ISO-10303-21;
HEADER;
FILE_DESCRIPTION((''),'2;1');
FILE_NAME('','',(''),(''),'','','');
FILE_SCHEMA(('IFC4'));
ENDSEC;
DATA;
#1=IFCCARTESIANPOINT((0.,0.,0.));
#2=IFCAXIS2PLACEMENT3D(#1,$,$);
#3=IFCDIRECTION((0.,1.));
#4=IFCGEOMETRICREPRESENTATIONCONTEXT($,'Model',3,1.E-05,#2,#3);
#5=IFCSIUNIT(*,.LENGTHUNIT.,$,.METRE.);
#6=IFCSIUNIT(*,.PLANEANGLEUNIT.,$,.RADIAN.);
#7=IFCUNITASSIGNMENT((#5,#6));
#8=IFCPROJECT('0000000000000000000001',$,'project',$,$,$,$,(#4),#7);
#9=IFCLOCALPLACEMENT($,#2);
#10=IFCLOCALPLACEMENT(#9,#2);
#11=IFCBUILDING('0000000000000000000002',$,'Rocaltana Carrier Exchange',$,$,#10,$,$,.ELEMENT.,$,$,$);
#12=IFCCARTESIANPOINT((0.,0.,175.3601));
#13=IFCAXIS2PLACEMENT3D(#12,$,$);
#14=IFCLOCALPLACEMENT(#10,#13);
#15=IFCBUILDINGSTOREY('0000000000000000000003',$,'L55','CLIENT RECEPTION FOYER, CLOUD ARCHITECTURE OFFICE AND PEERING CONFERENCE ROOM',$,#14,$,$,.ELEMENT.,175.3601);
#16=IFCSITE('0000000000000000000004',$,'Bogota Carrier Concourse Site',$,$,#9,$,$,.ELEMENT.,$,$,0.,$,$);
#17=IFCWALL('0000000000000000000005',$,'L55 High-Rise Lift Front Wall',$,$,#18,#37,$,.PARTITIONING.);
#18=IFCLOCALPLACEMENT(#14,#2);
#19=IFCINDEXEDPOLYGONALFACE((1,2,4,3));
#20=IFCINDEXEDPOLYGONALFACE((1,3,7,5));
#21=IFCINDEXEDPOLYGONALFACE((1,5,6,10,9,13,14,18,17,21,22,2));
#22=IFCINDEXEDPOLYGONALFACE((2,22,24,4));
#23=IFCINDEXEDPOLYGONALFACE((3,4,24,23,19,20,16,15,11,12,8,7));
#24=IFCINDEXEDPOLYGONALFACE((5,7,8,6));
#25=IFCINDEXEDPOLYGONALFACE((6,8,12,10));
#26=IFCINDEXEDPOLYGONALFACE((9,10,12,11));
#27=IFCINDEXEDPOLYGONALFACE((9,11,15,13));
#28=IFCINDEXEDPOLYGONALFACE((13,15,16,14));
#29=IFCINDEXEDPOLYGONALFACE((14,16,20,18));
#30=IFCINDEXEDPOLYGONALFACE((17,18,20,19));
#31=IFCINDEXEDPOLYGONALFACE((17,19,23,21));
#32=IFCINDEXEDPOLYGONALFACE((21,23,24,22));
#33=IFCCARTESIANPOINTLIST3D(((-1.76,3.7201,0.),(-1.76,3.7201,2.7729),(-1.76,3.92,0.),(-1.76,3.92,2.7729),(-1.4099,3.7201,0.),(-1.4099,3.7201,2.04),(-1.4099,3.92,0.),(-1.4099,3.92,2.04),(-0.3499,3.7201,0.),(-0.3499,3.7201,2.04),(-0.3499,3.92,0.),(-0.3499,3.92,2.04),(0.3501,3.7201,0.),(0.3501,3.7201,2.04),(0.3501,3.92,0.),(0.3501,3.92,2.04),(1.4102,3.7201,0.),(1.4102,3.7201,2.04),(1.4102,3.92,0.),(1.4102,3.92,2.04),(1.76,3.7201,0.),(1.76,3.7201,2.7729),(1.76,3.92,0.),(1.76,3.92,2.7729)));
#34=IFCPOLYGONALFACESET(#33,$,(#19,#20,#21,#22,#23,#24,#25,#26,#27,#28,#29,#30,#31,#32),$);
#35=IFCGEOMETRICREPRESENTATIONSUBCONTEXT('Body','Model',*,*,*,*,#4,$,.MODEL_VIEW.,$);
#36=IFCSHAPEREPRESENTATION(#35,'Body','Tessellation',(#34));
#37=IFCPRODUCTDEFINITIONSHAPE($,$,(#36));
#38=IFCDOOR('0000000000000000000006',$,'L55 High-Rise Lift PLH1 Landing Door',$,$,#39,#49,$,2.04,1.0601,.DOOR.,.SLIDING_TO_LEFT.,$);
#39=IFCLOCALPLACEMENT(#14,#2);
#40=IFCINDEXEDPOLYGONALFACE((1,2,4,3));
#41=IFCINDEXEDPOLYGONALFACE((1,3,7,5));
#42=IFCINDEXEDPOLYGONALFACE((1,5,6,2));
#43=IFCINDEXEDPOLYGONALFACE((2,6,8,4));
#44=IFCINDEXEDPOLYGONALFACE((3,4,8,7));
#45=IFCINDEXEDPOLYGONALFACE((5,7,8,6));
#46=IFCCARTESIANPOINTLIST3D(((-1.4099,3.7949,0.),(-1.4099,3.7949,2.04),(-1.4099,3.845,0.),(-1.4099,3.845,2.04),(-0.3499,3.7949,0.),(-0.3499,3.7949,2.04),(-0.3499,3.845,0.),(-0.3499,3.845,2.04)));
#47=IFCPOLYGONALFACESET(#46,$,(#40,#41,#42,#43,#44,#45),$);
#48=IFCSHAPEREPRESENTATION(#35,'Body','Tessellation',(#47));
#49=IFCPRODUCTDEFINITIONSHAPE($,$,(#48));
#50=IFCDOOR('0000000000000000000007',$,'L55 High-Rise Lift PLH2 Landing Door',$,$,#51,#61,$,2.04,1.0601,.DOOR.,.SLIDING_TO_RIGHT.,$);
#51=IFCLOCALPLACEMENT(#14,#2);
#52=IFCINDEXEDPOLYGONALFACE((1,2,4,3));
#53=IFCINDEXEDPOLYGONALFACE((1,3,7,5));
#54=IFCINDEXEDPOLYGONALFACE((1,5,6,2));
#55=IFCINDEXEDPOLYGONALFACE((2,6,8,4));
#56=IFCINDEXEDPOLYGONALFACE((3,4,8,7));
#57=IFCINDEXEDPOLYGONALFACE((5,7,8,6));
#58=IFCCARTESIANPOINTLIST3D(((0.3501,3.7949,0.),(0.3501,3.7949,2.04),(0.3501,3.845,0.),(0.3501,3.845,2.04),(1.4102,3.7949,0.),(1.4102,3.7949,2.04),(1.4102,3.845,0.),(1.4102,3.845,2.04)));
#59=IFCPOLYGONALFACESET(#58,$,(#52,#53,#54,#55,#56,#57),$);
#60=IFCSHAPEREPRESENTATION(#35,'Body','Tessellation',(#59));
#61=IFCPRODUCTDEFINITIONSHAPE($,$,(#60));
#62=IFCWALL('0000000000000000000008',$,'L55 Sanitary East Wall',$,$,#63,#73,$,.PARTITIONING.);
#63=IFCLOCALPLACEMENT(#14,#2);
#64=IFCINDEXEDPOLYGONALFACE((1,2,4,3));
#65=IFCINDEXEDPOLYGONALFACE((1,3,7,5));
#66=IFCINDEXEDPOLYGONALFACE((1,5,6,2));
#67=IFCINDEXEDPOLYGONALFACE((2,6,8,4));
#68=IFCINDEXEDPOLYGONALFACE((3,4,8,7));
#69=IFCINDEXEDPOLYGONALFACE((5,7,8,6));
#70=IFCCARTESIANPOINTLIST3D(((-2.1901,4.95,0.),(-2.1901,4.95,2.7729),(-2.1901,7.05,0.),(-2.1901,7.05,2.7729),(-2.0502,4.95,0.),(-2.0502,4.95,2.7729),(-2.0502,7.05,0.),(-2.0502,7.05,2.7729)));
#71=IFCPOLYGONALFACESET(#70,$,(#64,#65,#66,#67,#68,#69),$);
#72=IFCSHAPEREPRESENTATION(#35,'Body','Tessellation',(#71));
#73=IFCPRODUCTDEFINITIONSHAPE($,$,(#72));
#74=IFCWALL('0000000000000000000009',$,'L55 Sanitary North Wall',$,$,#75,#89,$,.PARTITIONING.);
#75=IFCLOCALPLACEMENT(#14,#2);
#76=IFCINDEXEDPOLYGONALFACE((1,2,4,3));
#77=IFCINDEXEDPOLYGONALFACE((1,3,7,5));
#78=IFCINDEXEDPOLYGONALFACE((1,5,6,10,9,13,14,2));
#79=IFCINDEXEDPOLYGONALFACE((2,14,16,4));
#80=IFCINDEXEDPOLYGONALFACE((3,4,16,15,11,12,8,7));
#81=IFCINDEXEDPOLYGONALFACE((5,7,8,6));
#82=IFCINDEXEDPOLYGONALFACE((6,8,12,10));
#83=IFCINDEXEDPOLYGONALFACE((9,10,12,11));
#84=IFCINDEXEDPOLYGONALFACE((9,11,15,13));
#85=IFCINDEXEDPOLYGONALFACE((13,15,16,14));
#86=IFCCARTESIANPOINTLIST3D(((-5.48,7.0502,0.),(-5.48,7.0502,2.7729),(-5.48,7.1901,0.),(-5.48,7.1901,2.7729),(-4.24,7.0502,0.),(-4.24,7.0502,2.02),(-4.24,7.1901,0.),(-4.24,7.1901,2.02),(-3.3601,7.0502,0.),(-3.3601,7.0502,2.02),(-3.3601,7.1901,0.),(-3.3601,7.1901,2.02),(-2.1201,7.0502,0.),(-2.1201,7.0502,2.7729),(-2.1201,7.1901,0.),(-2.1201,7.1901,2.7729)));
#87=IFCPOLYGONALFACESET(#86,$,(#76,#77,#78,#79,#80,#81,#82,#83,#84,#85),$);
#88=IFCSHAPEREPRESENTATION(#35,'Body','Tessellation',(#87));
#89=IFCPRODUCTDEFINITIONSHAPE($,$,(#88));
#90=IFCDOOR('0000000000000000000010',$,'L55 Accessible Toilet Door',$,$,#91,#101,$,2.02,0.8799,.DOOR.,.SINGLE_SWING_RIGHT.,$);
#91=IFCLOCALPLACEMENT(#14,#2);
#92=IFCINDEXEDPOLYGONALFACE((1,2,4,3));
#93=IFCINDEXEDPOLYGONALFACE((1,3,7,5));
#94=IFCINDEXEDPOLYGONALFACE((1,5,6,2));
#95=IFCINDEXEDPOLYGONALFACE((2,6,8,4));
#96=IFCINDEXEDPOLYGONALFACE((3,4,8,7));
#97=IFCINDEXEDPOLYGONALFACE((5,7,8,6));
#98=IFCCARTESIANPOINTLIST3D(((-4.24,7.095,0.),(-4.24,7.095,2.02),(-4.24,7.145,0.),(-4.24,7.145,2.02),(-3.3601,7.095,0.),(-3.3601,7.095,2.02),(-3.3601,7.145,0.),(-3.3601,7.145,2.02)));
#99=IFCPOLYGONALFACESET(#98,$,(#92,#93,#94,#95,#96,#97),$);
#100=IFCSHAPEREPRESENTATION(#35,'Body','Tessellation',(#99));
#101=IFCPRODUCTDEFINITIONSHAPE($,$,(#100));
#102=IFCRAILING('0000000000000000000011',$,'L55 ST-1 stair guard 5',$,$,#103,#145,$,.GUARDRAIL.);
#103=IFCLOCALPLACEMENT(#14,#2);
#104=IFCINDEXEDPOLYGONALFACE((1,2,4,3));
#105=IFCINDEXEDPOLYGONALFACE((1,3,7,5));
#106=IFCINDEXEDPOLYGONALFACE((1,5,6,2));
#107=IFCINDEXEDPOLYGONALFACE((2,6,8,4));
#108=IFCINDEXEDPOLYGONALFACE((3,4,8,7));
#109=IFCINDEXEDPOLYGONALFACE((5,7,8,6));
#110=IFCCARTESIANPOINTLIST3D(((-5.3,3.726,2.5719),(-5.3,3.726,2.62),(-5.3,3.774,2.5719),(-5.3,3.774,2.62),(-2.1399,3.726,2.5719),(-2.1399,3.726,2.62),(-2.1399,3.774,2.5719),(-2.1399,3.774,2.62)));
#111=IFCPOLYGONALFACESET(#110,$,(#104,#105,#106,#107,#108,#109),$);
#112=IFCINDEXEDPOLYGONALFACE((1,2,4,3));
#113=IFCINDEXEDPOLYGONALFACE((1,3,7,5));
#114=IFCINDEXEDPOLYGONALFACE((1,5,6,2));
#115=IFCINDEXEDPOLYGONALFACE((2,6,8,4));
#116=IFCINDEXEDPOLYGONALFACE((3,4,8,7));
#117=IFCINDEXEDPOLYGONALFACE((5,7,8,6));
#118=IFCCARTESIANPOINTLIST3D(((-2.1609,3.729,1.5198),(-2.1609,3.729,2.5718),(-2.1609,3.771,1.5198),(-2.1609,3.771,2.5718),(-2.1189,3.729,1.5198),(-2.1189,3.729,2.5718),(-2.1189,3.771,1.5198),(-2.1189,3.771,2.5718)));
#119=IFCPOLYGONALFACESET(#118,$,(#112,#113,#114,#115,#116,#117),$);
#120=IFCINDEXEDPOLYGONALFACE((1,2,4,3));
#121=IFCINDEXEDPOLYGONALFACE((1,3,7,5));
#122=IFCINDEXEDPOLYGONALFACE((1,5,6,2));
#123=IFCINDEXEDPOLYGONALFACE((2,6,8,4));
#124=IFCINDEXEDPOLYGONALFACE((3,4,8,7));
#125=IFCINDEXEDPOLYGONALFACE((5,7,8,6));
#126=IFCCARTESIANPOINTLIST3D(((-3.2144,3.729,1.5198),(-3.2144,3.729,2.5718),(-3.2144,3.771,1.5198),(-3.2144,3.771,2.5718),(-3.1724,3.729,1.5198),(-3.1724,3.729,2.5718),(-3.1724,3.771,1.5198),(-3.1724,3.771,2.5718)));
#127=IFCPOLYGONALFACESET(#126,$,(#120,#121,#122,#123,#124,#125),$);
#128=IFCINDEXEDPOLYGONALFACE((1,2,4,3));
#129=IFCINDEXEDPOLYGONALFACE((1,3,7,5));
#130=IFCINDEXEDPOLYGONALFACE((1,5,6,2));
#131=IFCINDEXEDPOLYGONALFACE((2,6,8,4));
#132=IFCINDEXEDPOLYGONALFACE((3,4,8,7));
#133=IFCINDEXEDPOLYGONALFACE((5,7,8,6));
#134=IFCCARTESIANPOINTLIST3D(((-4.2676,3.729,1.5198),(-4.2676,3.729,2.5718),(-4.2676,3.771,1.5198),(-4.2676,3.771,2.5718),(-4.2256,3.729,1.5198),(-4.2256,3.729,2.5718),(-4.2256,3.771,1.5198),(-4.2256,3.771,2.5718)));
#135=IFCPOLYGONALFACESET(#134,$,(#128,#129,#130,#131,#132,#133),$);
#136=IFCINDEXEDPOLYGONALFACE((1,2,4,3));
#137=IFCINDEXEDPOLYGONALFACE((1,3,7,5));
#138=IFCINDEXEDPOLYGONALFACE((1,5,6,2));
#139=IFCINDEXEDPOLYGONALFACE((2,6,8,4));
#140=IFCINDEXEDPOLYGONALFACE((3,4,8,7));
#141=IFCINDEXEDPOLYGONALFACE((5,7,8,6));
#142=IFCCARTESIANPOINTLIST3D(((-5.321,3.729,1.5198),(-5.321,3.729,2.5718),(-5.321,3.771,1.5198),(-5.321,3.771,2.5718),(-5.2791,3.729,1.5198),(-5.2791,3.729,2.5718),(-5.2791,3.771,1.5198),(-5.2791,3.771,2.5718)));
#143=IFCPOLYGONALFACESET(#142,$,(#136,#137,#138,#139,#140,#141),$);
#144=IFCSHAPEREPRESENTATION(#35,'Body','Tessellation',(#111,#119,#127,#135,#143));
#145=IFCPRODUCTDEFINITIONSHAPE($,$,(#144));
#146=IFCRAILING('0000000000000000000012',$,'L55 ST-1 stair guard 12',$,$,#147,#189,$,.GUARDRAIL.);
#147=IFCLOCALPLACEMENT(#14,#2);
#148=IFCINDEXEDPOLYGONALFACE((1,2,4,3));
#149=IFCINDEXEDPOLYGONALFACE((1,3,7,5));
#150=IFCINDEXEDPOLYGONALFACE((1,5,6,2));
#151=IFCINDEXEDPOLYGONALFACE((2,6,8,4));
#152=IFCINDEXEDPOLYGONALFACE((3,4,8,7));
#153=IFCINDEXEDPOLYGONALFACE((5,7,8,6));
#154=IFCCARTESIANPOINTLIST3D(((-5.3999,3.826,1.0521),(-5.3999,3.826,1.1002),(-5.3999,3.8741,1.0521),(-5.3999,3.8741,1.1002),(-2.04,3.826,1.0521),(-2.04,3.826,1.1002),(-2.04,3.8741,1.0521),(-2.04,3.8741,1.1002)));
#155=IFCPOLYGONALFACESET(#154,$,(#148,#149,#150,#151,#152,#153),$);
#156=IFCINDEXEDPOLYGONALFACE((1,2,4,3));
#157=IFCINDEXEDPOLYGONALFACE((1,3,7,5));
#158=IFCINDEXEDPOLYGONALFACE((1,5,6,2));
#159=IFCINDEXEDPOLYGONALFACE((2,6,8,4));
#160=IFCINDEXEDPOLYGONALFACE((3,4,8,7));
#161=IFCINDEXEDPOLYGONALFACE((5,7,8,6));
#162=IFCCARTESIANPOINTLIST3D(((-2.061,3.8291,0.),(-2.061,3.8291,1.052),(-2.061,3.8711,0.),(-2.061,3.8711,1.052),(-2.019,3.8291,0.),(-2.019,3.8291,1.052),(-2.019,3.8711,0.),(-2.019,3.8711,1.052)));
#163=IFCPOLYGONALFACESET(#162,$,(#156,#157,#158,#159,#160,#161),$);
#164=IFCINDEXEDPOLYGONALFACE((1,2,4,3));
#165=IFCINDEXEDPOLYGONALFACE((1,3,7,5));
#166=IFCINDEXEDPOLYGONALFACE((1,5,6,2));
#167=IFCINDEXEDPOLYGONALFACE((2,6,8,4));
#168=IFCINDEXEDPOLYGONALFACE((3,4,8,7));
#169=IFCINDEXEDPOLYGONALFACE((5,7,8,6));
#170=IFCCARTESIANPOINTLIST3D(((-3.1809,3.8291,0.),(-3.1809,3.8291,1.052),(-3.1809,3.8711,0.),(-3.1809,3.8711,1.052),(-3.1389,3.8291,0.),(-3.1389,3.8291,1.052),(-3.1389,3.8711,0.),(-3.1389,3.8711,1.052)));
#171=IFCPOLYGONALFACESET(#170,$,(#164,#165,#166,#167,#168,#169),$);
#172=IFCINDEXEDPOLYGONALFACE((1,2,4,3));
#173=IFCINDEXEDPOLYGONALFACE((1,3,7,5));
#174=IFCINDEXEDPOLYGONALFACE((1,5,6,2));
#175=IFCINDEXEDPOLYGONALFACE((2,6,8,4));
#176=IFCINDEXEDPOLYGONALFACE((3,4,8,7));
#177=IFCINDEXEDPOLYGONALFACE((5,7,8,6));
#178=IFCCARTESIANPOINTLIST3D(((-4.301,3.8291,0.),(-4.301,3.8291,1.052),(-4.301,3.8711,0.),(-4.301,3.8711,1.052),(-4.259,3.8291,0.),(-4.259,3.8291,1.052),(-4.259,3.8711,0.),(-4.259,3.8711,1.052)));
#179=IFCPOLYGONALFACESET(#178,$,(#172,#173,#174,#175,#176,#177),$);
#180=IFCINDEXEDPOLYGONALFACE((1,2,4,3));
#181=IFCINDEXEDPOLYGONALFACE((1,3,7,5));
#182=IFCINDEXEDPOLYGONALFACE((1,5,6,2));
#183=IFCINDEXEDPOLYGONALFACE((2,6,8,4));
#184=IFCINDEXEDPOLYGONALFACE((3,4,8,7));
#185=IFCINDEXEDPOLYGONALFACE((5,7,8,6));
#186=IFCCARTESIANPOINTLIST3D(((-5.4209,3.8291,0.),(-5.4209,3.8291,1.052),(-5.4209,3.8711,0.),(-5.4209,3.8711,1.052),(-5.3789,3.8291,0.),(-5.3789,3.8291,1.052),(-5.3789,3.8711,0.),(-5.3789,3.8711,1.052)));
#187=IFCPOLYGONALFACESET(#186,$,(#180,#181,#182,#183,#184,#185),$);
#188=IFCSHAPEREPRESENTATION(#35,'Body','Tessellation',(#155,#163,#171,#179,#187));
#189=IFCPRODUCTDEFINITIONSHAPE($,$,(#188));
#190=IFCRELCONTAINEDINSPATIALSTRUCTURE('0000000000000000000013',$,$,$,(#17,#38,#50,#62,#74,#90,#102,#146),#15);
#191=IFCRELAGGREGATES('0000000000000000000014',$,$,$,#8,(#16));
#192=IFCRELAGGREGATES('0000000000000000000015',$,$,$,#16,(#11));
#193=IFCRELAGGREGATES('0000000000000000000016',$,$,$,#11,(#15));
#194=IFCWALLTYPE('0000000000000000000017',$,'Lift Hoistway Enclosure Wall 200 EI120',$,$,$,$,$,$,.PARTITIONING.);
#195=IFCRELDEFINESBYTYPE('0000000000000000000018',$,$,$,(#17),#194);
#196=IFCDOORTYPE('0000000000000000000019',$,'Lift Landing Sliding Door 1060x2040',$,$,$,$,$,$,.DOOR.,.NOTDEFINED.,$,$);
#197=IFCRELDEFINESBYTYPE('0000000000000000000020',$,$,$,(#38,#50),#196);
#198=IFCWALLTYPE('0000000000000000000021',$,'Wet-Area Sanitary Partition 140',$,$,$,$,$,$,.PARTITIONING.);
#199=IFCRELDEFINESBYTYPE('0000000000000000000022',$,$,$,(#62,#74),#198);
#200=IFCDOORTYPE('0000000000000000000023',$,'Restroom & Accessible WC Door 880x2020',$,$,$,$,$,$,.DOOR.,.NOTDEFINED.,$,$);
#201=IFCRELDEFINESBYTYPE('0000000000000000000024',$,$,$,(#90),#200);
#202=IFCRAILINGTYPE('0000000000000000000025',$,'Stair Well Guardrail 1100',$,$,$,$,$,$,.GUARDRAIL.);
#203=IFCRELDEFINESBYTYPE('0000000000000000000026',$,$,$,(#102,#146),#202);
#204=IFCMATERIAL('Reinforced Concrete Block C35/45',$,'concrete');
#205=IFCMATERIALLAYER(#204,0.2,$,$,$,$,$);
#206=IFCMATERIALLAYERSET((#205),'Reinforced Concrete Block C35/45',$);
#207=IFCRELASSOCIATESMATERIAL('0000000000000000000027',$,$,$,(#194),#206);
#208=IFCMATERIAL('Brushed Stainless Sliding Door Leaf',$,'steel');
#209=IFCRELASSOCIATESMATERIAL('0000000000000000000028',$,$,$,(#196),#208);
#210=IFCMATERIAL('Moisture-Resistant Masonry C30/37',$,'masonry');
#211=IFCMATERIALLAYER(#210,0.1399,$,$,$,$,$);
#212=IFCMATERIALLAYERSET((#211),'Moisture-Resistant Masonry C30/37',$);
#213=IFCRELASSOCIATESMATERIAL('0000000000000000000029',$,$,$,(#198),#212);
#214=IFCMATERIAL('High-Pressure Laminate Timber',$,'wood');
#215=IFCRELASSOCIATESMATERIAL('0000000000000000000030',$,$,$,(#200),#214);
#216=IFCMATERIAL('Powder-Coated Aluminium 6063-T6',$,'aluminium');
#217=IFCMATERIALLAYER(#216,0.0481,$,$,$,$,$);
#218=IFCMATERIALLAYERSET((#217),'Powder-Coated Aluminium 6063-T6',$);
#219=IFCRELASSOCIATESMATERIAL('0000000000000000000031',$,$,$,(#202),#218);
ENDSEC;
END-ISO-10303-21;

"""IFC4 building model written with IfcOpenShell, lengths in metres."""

from ifc_helpers import new_model, si_unit, direction, frame, frame_2d, origin, origin_2d, place, context, subcontext, project, spatial, rectangle, extrude, material, layer, layer_set, type_object, element, fill, save


model = new_model("IFC4")

# Units and contexts
model_context = context("Model", 3, precision=1e-05, world=origin(), true_north=direction((0.0, 1.0)))
body_context = subcontext(model_context, "Body", "Model", "MODEL_VIEW")
ifc_project = project(units=[si_unit("LENGTHUNIT", "METRE"), si_unit("PLANEANGLEUNIT", "RADIAN")], contexts=[model_context])

# Site, building, storey
site_placement = place(None, origin())
site = spatial("IfcSite", under=ifc_project, at=site_placement, Name="Bogota Carrier Concourse Site", CompositionType="ELEMENT", RefElevation=0.0)
building_placement = place(site_placement, origin())
building = spatial("IfcBuilding", under=site, at=building_placement, Name="Rocaltana Carrier Exchange", CompositionType="ELEMENT")
storey_placement = place(building_placement, frame((0.0, 0.0, 175.3601)))
storey = spatial("IfcBuildingStorey", under=building, at=storey_placement, Name="L55", Description="CLIENT RECEPTION FOYER, CLOUD ARCHITECTURE OFFICE AND PEERING CONFERENCE ROOM", CompositionType="ELEMENT", Elevation=175.3601)

# Wall, openings, doors
ifc_material_1 = material(Name="Reinforced Concrete Block C35/45", Category="concrete")
ifc_layer_1 = layer(ifc_material_1, 0.2)
ifc_layer_set_1 = layer_set([ifc_layer_1], Name="Reinforced Concrete Block C35/45")
wall_type_1 = type_object("IfcWallType", Name="Lift Hoistway Enclosure Wall 200 EI120", PredefinedType="PARTITIONING", material=ifc_layer_set_1)
wall_1_placement = place(storey_placement, frame((-1.76, 3.8201, 0.0), z_axis=(0.0, 0.0, 1.0), x_axis=(1.0, 0.0, 0.0)))
wall_1 = element("IfcWall", 1, at=wall_1_placement, inside=storey, type_object=wall_type_1, Name="L55 High-Rise Lift Front Wall", PredefinedType="PARTITIONING", context=body_context, shape_type="SweptSolid", body=[
    extrude(rectangle(XDim=3.52, YDim=0.2, at=frame_2d((1.76, 0.0))), origin(), (0.0, 0.0, 1.0), 2.7729),
])
opening_1_placement = place(wall_1_placement, frame((0.3501, 0.0, 0.0)))
opening_1 = element("IfcOpeningElement", 2, at=opening_1_placement, cuts=wall_1, PredefinedType="OPENING", context=body_context, shape_type="SweptSolid", body=[
    extrude(rectangle(XDim=1.0601, YDim=2.04, at=frame_2d((0.53, 1.02))), frame((0.0, 0.1099, 0.0), z_axis=(0.0, -1.0, 0.0), x_axis=(1.0, 0.0, 0.0)), (0.0, 0.0, 1.0), 0.22),
])
opening_2_placement = place(wall_1_placement, frame((2.1101, 0.0, 0.0)))
opening_2 = element("IfcOpeningElement", 3, at=opening_2_placement, cuts=wall_1, PredefinedType="OPENING", context=body_context, shape_type="SweptSolid", body=[
    extrude(rectangle(XDim=1.0601, YDim=2.04, at=frame_2d((0.53, 1.02))), frame((0.0, 0.1099, 0.0), z_axis=(0.0, -1.0, 0.0), x_axis=(1.0, 0.0, 0.0)), (0.0, 0.0, 1.0), 0.22),
])
ifc_material_2 = material(Name="Brushed Stainless Sliding Door Leaf", Category="steel")
door_type_1 = type_object("IfcDoorType", Name="Lift Landing Sliding Door 1060x2040", OperationType="NOTDEFINED", PredefinedType="DOOR", material=ifc_material_2)
door_1_placement = place(opening_1_placement, origin())
door_1 = element("IfcDoor", 4, at=door_1_placement, inside=storey, type_object=door_type_1, Name="L55 High-Rise Lift PLH1 Landing Door", OperationType="SLIDING_TO_LEFT", OverallHeight=2.04, OverallWidth=1.0601, PredefinedType="DOOR", context=body_context, shape_type="SweptSolid", body=[
    extrude(rectangle(XDim=1.0601, YDim=2.04, at=frame_2d((0.53, 1.02))), frame((0.0, 0.0249, 0.0), z_axis=(0.0, -1.0, 0.0), x_axis=(1.0, 0.0, 0.0)), (0.0, 0.0, 1.0), 0.05),
])
fill(opening_1, door_1)
door_2_placement = place(opening_2_placement, origin())
door_2 = element("IfcDoor", 5, at=door_2_placement, inside=storey, type_object=door_type_1, Name="L55 High-Rise Lift PLH2 Landing Door", OperationType="SLIDING_TO_RIGHT", OverallHeight=2.04, OverallWidth=1.0601, PredefinedType="DOOR", context=body_context, shape_type="SweptSolid", body=[
    extrude(rectangle(XDim=1.0601, YDim=2.04, at=frame_2d((0.53, 1.02))), frame((0.0, 0.0249, 0.0), z_axis=(0.0, -1.0, 0.0), x_axis=(1.0, 0.0, 0.0)), (0.0, 0.0, 1.0), 0.05),
])
fill(opening_2, door_2)

# Wall
ifc_material_3 = material(Name="Moisture-Resistant Masonry C30/37", Category="masonry")
ifc_layer_2 = layer(ifc_material_3, 0.1399)
ifc_layer_set_2 = layer_set([ifc_layer_2], Name="Moisture-Resistant Masonry C30/37")
wall_type_2 = type_object("IfcWallType", Name="Wet-Area Sanitary Partition 140", PredefinedType="PARTITIONING", material=ifc_layer_set_2)
wall_2_placement = place(storey_placement, frame((-2.1201, 4.95, 0.0), z_axis=(0.0, 0.0, 1.0), x_axis=(0.0, 1.0, 0.0)))
element("IfcWall", 6, at=wall_2_placement, inside=storey, type_object=wall_type_2, Name="L55 Sanitary East Wall", PredefinedType="PARTITIONING", context=body_context, shape_type="SweptSolid", body=[
    extrude(rectangle(XDim=2.1001, YDim=0.1399, at=frame_2d((1.05, 0.0))), origin(), (0.0, 0.0, 1.0), 2.7729),
])

# Wall, opening, door
wall_3_placement = place(storey_placement, frame((-5.48, 7.1201, 0.0), z_axis=(0.0, 0.0, 1.0), x_axis=(1.0, 0.0, 0.0)))
wall_3 = element("IfcWall", 7, at=wall_3_placement, inside=storey, type_object=wall_type_2, Name="L55 Sanitary North Wall", PredefinedType="PARTITIONING", context=body_context, shape_type="SweptSolid", body=[
    extrude(rectangle(XDim=3.3599, YDim=0.1399, at=frame_2d((1.6799, 0.0))), origin(), (0.0, 0.0, 1.0), 2.7729),
])
opening_3_placement = place(wall_3_placement, frame((1.24, 0.0, 0.0)))
opening_3 = element("IfcOpeningElement", 8, at=opening_3_placement, cuts=wall_3, PredefinedType="OPENING", context=body_context, shape_type="SweptSolid", body=[
    extrude(rectangle(XDim=0.8799, YDim=2.02, at=frame_2d((0.4399, 1.01))), frame((0.0, 0.0798, 0.0), z_axis=(0.0, -1.0, 0.0), x_axis=(1.0, 0.0, 0.0)), (0.0, 0.0, 1.0), 0.1599),
])
ifc_material_4 = material(Name="High-Pressure Laminate Timber", Category="wood")
door_type_2 = type_object("IfcDoorType", Name="Restroom & Accessible WC Door 880x2020", OperationType="NOTDEFINED", PredefinedType="DOOR", material=ifc_material_4)
door_3_placement = place(opening_3_placement, origin())
door_3 = element("IfcDoor", 9, at=door_3_placement, inside=storey, type_object=door_type_2, Name="L55 Accessible Toilet Door", OperationType="SINGLE_SWING_RIGHT", OverallHeight=2.02, OverallWidth=0.8799, PredefinedType="DOOR", context=body_context, shape_type="SweptSolid", body=[
    extrude(rectangle(XDim=0.8799, YDim=2.02, at=frame_2d((0.4399, 1.01))), frame((0.0, 0.0249, 0.0), z_axis=(0.0, -1.0, 0.0), x_axis=(1.0, 0.0, 0.0)), (0.0, 0.0, 1.0), 0.05),
])
fill(opening_3, door_3)

# Railings
ifc_material_5 = material(Name="Powder-Coated Aluminium 6063-T6", Category="aluminium")
ifc_layer_3 = layer(ifc_material_5, 0.0481)
ifc_layer_set_3 = layer_set([ifc_layer_3], Name="Powder-Coated Aluminium 6063-T6")
railing_type = type_object("IfcRailingType", Name="Stair Well Guardrail 1100", PredefinedType="GUARDRAIL", material=ifc_layer_set_3)
railing_1_placement = place(storey_placement, frame((-2.1399, 3.75, 1.5198)))
element("IfcRailing", 10, at=railing_1_placement, inside=storey, type_object=railing_type, Name="L55 ST-1 stair guard 5", PredefinedType="GUARDRAIL", context=body_context, shape_type="SweptSolid", body=[
    extrude(rectangle(XDim=0.0481, YDim=0.0481, at=origin_2d()), frame((0.0, 0.0, 1.0762), z_axis=(-1.0, 0.0, 0.0), x_axis=(0.0, -1.0, 0.0)), (0.0, 0.0, 1.0), 3.1602),
    extrude(rectangle(XDim=0.042, YDim=0.042, at=origin_2d()), origin(), (0.0, 0.0, 1.0), 1.052),
    extrude(rectangle(XDim=0.042, YDim=0.042, at=origin_2d()), frame((-1.0535, 0.0, 0.0)), (0.0, 0.0, 1.0), 1.052),
    extrude(rectangle(XDim=0.042, YDim=0.042, at=origin_2d()), frame((-2.1067, 0.0, 0.0)), (0.0, 0.0, 1.0), 1.052),
    extrude(rectangle(XDim=0.042, YDim=0.042, at=origin_2d()), frame((-3.1602, 0.0, 0.0)), (0.0, 0.0, 1.0), 1.052),
])
railing_2_placement = place(storey_placement, frame((-2.04, 3.8501, 0.0)))
element("IfcRailing", 11, at=railing_2_placement, inside=storey, type_object=railing_type, Name="L55 ST-1 stair guard 12", PredefinedType="GUARDRAIL", context=body_context, shape_type="SweptSolid", body=[
    extrude(rectangle(XDim=0.0481, YDim=0.0481, at=origin_2d()), frame((0.0, 0.0, 1.0762), z_axis=(-1.0, 0.0, 0.0), x_axis=(0.0, -1.0, 0.0)), (0.0, 0.0, 1.0), 3.3599),
    extrude(rectangle(XDim=0.042, YDim=0.042, at=origin_2d()), origin(), (0.0, 0.0, 1.0), 1.052),
    extrude(rectangle(XDim=0.042, YDim=0.042, at=origin_2d()), frame((-1.1199, 0.0, 0.0)), (0.0, 0.0, 1.0), 1.052),
    extrude(rectangle(XDim=0.042, YDim=0.042, at=origin_2d()), frame((-2.24, 0.0, 0.0)), (0.0, 0.0, 1.0), 1.052),
    extrude(rectangle(XDim=0.042, YDim=0.042, at=origin_2d()), frame((-3.3599, 0.0, 0.0)), (0.0, 0.0, 1.0), 1.052),
])

save(model, "model.ifc")
